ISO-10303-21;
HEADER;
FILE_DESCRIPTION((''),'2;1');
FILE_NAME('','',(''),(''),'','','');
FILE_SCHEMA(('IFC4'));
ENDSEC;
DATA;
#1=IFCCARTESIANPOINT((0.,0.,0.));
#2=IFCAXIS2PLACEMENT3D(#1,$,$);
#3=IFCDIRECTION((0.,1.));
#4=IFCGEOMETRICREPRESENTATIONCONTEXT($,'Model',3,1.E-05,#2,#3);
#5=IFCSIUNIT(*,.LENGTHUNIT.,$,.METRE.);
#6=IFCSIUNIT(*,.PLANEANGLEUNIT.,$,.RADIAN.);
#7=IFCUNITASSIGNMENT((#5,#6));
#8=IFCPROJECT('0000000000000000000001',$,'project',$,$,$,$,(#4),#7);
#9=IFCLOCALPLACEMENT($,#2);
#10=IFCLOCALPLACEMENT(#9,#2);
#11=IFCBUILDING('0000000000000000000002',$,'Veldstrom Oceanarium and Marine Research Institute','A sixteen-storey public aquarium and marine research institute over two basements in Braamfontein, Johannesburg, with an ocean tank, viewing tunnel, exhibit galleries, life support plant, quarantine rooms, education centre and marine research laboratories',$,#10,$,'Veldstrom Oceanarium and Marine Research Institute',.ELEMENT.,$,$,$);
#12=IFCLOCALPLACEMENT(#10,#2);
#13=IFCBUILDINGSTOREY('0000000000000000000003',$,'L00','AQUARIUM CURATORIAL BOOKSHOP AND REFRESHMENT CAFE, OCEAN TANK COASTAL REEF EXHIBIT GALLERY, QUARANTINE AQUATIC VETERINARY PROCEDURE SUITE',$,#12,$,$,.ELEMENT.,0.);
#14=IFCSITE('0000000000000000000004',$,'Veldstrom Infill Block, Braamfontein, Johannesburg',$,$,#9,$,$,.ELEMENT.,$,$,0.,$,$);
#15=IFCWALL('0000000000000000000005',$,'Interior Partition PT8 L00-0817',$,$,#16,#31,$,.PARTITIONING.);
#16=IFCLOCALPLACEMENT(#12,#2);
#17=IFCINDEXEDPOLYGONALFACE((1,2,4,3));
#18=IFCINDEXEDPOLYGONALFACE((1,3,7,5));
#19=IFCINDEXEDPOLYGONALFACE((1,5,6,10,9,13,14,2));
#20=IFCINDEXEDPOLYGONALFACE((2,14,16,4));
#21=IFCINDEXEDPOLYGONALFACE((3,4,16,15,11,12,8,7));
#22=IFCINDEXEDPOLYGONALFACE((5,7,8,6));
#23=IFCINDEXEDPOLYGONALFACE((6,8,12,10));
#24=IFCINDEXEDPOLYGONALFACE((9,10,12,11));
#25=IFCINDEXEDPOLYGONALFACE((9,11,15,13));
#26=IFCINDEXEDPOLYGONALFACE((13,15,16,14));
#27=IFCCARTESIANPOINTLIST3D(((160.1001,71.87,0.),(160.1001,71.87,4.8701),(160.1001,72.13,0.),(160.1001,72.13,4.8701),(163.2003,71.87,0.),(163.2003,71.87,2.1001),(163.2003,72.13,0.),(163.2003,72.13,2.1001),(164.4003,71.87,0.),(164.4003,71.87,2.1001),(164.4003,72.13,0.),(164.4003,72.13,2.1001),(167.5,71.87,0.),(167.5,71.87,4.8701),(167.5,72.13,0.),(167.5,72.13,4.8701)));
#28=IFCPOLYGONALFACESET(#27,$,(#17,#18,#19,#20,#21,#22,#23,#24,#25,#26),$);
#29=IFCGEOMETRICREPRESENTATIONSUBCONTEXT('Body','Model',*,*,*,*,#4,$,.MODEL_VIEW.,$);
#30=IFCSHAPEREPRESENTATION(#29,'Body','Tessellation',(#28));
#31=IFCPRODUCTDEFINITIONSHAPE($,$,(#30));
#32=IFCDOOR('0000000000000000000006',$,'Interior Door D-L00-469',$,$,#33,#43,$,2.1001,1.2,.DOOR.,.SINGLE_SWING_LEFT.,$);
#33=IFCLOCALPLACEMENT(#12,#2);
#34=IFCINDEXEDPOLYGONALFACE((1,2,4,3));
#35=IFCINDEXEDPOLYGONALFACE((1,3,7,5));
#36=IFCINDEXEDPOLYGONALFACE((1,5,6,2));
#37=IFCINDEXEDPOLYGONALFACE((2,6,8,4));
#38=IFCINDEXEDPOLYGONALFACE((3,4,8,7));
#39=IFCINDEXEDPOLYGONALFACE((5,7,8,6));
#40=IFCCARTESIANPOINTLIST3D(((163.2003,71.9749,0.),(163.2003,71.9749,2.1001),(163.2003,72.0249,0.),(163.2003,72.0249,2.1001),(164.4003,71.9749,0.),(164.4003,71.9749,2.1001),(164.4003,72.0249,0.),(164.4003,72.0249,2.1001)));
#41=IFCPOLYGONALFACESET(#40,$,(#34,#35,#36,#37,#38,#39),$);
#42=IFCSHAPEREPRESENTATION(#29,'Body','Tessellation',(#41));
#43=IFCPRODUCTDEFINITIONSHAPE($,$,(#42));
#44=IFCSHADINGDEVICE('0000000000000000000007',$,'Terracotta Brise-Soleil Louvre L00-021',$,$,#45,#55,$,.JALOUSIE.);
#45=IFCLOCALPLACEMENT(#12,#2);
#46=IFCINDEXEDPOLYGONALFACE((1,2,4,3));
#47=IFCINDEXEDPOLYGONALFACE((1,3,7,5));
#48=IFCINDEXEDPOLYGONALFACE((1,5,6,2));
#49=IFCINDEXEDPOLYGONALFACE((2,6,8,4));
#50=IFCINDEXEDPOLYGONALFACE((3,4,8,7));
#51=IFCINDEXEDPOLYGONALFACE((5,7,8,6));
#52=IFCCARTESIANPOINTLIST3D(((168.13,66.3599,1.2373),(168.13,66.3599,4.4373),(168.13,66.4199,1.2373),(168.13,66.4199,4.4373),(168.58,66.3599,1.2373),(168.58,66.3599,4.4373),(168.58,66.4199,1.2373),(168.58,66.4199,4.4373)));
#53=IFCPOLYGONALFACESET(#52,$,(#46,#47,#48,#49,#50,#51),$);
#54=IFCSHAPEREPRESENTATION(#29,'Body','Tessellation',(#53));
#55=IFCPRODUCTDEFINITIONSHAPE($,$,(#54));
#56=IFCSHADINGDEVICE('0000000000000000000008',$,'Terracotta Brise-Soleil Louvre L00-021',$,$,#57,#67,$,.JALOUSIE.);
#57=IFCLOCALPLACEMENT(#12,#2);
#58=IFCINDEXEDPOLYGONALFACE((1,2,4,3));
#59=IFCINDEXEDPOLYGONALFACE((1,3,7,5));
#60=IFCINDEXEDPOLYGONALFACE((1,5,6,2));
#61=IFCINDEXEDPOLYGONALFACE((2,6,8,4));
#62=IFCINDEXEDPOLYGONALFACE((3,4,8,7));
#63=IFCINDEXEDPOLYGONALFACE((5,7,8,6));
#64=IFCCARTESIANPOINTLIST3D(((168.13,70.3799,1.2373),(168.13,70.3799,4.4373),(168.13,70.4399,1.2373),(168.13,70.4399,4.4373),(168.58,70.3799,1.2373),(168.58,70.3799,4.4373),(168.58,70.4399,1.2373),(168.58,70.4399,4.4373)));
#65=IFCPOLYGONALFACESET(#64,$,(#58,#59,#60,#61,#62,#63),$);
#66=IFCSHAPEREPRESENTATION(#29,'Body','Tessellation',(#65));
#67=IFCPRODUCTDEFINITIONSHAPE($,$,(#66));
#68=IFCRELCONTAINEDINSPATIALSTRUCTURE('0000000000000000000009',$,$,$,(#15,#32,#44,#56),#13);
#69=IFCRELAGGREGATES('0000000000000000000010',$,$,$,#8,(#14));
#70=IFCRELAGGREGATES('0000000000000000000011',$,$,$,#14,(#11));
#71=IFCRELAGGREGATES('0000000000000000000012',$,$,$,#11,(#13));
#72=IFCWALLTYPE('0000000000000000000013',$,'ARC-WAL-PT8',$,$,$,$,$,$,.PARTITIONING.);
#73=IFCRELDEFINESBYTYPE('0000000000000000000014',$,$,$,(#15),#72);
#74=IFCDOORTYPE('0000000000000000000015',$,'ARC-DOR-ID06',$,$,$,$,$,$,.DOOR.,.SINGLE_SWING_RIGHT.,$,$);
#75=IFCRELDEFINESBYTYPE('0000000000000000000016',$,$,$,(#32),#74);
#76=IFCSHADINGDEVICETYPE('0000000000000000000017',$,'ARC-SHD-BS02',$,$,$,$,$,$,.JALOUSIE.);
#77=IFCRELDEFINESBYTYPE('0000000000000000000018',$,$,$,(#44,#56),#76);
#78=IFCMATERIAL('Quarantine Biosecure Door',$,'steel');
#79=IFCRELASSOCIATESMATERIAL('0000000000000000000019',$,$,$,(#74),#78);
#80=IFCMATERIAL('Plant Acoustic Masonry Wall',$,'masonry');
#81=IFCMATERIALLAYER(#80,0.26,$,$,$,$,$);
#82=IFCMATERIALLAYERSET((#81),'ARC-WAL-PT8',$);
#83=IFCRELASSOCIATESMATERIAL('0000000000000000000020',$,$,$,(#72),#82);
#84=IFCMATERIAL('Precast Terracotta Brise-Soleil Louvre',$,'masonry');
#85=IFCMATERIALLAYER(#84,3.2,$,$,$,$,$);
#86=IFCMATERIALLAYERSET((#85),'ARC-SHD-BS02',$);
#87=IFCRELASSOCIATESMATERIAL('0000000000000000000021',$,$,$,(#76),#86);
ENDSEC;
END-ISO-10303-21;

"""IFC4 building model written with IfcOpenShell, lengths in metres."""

from ifc_helpers import new_model, si_unit, direction, frame, frame_2d, origin, origin_2d, place, context, subcontext, project, spatial, rectangle, extrude, material, layer, layer_set, type_object, element, fill, save


model = new_model("IFC4")

# Units and contexts
model_context = context("Model", 3, precision=1e-05, world=origin(), true_north=direction((0.0, 1.0)))
body_context = subcontext(model_context, "Body", "Model", "MODEL_VIEW")
ifc_project = project(units=[si_unit("LENGTHUNIT", "METRE"), si_unit("PLANEANGLEUNIT", "RADIAN")], contexts=[model_context])

# Site, building, storey
site_placement = place(None, origin())
site = spatial("IfcSite", under=ifc_project, at=site_placement, Name="Veldstrom Infill Block, Braamfontein, Johannesburg", CompositionType="ELEMENT", RefElevation=0.0)
building_placement = place(site_placement, origin())
building = spatial("IfcBuilding", under=site, at=building_placement, Name="Veldstrom Oceanarium and Marine Research Institute", Description="A sixteen-storey public aquarium and marine research institute over two basements in Braamfontein, Johannesburg, with an ocean tank, viewing tunnel, exhibit galleries, life support plant, quarantine rooms, education centre and marine research laboratories", LongName="Veldstrom Oceanarium and Marine Research Institute", CompositionType="ELEMENT")
storey_placement = place(building_placement, origin())
storey = spatial("IfcBuildingStorey", under=building, at=storey_placement, Name="L00", Description="AQUARIUM CURATORIAL BOOKSHOP AND REFRESHMENT CAFE, OCEAN TANK COASTAL REEF EXHIBIT GALLERY, QUARANTINE AQUATIC VETERINARY PROCEDURE SUITE", CompositionType="ELEMENT", Elevation=0.0)

# Shared definitions
ifc_material_1 = material(Name="Quarantine Biosecure Door", Category="steel")
door_type_1 = type_object("IfcDoorType", Name="ARC-DOR-ID06", OperationType="SINGLE_SWING_RIGHT", PredefinedType="DOOR", material=ifc_material_1)

# Shared definitions
ifc_material_2 = material(Name="Plant Acoustic Masonry Wall", Category="masonry")
ifc_layer_1 = layer(ifc_material_2, 0.26)
ifc_layer_set_1 = layer_set([ifc_layer_1], Name="ARC-WAL-PT8")
wall_type_1 = type_object("IfcWallType", Name="ARC-WAL-PT8", PredefinedType="PARTITIONING", material=ifc_layer_set_1)

# Wall, opening, door
wall_1_placement = place(storey_placement, frame((160.1001, 72.0, 0.0), z_axis=(0.0, 0.0, 1.0), x_axis=(1.0, 0.0, 0.0)))
wall_1 = element("IfcWall", 1, at=wall_1_placement, inside=storey, type_object=wall_type_1, Name="Interior Partition PT8 L00-0817", PredefinedType="PARTITIONING", context=body_context, shape_type="SweptSolid", body=[
    extrude(rectangle(XDim=7.3999, YDim=0.26, at=frame_2d((3.7, 0.0))), origin(), (0.0, 0.0, 1.0), 4.8701),
])
opening_1_placement = place(wall_1_placement, frame((3.1001, 0.0, 0.0)))
opening_1 = element("IfcOpeningElement", 2, at=opening_1_placement, cuts=wall_1, PredefinedType="OPENING", context=body_context, shape_type="SweptSolid", body=[
    extrude(rectangle(XDim=1.2, YDim=2.1001, at=frame_2d((0.6001, 1.05))), frame((0.0, 0.1399, 0.0), z_axis=(0.0, -1.0, 0.0), x_axis=(1.0, 0.0, 0.0)), (0.0, 0.0, 1.0), 0.28),
])
door_1_placement = place(opening_1_placement, origin())
door_1 = element("IfcDoor", 3, at=door_1_placement, inside=storey, type_object=door_type_1, Name="Interior Door D-L00-469", OperationType="SINGLE_SWING_LEFT", OverallHeight=2.1001, OverallWidth=1.2, PredefinedType="DOOR", context=body_context, shape_type="SweptSolid", body=[
    extrude(rectangle(XDim=1.2, YDim=2.1001, at=frame_2d((0.6001, 1.05))), frame((0.0, 0.0249, 0.0), z_axis=(0.0, -1.0, 0.0), x_axis=(1.0, 0.0, 0.0)), (0.0, 0.0, 1.0), 0.05),
])
fill(opening_1, door_1)

# Shading devices
ifc_material_3 = material(Name="Precast Terracotta Brise-Soleil Louvre", Category="masonry")
ifc_layer_2 = layer(ifc_material_3, 3.2)
ifc_layer_set_2 = layer_set([ifc_layer_2], Name="ARC-SHD-BS02")
shading_device_type = type_object("IfcShadingDeviceType", Name="ARC-SHD-BS02", PredefinedType="JALOUSIE", material=ifc_layer_set_2)
for number, where, z_axis, x_axis, name in (
    (4, (168.355, 66.3899, 1.2373), (0.0, 0.0, 1.0), (1.0, 0.0, 0.0), "Terracotta Brise-Soleil Louvre L00-021"),
    (5, (168.355, 70.4099, 1.2373), (0.0, 0.0, 1.0), (1.0, 0.0, 0.0), "Terracotta Brise-Soleil Louvre L00-021"),
):
    element("IfcShadingDevice", number, at=place(storey_placement, frame(where, z_axis=z_axis, x_axis=x_axis)), inside=storey, type_object=shading_device_type, Name=name, PredefinedType="JALOUSIE", context=body_context, shape_type="SweptSolid", body=[
        extrude(rectangle(XDim=0.45, YDim=0.0601, at=origin_2d()), origin(), (0.0, 0.0, 1.0), 3.2),
    ])

save(model, "model.ifc")
